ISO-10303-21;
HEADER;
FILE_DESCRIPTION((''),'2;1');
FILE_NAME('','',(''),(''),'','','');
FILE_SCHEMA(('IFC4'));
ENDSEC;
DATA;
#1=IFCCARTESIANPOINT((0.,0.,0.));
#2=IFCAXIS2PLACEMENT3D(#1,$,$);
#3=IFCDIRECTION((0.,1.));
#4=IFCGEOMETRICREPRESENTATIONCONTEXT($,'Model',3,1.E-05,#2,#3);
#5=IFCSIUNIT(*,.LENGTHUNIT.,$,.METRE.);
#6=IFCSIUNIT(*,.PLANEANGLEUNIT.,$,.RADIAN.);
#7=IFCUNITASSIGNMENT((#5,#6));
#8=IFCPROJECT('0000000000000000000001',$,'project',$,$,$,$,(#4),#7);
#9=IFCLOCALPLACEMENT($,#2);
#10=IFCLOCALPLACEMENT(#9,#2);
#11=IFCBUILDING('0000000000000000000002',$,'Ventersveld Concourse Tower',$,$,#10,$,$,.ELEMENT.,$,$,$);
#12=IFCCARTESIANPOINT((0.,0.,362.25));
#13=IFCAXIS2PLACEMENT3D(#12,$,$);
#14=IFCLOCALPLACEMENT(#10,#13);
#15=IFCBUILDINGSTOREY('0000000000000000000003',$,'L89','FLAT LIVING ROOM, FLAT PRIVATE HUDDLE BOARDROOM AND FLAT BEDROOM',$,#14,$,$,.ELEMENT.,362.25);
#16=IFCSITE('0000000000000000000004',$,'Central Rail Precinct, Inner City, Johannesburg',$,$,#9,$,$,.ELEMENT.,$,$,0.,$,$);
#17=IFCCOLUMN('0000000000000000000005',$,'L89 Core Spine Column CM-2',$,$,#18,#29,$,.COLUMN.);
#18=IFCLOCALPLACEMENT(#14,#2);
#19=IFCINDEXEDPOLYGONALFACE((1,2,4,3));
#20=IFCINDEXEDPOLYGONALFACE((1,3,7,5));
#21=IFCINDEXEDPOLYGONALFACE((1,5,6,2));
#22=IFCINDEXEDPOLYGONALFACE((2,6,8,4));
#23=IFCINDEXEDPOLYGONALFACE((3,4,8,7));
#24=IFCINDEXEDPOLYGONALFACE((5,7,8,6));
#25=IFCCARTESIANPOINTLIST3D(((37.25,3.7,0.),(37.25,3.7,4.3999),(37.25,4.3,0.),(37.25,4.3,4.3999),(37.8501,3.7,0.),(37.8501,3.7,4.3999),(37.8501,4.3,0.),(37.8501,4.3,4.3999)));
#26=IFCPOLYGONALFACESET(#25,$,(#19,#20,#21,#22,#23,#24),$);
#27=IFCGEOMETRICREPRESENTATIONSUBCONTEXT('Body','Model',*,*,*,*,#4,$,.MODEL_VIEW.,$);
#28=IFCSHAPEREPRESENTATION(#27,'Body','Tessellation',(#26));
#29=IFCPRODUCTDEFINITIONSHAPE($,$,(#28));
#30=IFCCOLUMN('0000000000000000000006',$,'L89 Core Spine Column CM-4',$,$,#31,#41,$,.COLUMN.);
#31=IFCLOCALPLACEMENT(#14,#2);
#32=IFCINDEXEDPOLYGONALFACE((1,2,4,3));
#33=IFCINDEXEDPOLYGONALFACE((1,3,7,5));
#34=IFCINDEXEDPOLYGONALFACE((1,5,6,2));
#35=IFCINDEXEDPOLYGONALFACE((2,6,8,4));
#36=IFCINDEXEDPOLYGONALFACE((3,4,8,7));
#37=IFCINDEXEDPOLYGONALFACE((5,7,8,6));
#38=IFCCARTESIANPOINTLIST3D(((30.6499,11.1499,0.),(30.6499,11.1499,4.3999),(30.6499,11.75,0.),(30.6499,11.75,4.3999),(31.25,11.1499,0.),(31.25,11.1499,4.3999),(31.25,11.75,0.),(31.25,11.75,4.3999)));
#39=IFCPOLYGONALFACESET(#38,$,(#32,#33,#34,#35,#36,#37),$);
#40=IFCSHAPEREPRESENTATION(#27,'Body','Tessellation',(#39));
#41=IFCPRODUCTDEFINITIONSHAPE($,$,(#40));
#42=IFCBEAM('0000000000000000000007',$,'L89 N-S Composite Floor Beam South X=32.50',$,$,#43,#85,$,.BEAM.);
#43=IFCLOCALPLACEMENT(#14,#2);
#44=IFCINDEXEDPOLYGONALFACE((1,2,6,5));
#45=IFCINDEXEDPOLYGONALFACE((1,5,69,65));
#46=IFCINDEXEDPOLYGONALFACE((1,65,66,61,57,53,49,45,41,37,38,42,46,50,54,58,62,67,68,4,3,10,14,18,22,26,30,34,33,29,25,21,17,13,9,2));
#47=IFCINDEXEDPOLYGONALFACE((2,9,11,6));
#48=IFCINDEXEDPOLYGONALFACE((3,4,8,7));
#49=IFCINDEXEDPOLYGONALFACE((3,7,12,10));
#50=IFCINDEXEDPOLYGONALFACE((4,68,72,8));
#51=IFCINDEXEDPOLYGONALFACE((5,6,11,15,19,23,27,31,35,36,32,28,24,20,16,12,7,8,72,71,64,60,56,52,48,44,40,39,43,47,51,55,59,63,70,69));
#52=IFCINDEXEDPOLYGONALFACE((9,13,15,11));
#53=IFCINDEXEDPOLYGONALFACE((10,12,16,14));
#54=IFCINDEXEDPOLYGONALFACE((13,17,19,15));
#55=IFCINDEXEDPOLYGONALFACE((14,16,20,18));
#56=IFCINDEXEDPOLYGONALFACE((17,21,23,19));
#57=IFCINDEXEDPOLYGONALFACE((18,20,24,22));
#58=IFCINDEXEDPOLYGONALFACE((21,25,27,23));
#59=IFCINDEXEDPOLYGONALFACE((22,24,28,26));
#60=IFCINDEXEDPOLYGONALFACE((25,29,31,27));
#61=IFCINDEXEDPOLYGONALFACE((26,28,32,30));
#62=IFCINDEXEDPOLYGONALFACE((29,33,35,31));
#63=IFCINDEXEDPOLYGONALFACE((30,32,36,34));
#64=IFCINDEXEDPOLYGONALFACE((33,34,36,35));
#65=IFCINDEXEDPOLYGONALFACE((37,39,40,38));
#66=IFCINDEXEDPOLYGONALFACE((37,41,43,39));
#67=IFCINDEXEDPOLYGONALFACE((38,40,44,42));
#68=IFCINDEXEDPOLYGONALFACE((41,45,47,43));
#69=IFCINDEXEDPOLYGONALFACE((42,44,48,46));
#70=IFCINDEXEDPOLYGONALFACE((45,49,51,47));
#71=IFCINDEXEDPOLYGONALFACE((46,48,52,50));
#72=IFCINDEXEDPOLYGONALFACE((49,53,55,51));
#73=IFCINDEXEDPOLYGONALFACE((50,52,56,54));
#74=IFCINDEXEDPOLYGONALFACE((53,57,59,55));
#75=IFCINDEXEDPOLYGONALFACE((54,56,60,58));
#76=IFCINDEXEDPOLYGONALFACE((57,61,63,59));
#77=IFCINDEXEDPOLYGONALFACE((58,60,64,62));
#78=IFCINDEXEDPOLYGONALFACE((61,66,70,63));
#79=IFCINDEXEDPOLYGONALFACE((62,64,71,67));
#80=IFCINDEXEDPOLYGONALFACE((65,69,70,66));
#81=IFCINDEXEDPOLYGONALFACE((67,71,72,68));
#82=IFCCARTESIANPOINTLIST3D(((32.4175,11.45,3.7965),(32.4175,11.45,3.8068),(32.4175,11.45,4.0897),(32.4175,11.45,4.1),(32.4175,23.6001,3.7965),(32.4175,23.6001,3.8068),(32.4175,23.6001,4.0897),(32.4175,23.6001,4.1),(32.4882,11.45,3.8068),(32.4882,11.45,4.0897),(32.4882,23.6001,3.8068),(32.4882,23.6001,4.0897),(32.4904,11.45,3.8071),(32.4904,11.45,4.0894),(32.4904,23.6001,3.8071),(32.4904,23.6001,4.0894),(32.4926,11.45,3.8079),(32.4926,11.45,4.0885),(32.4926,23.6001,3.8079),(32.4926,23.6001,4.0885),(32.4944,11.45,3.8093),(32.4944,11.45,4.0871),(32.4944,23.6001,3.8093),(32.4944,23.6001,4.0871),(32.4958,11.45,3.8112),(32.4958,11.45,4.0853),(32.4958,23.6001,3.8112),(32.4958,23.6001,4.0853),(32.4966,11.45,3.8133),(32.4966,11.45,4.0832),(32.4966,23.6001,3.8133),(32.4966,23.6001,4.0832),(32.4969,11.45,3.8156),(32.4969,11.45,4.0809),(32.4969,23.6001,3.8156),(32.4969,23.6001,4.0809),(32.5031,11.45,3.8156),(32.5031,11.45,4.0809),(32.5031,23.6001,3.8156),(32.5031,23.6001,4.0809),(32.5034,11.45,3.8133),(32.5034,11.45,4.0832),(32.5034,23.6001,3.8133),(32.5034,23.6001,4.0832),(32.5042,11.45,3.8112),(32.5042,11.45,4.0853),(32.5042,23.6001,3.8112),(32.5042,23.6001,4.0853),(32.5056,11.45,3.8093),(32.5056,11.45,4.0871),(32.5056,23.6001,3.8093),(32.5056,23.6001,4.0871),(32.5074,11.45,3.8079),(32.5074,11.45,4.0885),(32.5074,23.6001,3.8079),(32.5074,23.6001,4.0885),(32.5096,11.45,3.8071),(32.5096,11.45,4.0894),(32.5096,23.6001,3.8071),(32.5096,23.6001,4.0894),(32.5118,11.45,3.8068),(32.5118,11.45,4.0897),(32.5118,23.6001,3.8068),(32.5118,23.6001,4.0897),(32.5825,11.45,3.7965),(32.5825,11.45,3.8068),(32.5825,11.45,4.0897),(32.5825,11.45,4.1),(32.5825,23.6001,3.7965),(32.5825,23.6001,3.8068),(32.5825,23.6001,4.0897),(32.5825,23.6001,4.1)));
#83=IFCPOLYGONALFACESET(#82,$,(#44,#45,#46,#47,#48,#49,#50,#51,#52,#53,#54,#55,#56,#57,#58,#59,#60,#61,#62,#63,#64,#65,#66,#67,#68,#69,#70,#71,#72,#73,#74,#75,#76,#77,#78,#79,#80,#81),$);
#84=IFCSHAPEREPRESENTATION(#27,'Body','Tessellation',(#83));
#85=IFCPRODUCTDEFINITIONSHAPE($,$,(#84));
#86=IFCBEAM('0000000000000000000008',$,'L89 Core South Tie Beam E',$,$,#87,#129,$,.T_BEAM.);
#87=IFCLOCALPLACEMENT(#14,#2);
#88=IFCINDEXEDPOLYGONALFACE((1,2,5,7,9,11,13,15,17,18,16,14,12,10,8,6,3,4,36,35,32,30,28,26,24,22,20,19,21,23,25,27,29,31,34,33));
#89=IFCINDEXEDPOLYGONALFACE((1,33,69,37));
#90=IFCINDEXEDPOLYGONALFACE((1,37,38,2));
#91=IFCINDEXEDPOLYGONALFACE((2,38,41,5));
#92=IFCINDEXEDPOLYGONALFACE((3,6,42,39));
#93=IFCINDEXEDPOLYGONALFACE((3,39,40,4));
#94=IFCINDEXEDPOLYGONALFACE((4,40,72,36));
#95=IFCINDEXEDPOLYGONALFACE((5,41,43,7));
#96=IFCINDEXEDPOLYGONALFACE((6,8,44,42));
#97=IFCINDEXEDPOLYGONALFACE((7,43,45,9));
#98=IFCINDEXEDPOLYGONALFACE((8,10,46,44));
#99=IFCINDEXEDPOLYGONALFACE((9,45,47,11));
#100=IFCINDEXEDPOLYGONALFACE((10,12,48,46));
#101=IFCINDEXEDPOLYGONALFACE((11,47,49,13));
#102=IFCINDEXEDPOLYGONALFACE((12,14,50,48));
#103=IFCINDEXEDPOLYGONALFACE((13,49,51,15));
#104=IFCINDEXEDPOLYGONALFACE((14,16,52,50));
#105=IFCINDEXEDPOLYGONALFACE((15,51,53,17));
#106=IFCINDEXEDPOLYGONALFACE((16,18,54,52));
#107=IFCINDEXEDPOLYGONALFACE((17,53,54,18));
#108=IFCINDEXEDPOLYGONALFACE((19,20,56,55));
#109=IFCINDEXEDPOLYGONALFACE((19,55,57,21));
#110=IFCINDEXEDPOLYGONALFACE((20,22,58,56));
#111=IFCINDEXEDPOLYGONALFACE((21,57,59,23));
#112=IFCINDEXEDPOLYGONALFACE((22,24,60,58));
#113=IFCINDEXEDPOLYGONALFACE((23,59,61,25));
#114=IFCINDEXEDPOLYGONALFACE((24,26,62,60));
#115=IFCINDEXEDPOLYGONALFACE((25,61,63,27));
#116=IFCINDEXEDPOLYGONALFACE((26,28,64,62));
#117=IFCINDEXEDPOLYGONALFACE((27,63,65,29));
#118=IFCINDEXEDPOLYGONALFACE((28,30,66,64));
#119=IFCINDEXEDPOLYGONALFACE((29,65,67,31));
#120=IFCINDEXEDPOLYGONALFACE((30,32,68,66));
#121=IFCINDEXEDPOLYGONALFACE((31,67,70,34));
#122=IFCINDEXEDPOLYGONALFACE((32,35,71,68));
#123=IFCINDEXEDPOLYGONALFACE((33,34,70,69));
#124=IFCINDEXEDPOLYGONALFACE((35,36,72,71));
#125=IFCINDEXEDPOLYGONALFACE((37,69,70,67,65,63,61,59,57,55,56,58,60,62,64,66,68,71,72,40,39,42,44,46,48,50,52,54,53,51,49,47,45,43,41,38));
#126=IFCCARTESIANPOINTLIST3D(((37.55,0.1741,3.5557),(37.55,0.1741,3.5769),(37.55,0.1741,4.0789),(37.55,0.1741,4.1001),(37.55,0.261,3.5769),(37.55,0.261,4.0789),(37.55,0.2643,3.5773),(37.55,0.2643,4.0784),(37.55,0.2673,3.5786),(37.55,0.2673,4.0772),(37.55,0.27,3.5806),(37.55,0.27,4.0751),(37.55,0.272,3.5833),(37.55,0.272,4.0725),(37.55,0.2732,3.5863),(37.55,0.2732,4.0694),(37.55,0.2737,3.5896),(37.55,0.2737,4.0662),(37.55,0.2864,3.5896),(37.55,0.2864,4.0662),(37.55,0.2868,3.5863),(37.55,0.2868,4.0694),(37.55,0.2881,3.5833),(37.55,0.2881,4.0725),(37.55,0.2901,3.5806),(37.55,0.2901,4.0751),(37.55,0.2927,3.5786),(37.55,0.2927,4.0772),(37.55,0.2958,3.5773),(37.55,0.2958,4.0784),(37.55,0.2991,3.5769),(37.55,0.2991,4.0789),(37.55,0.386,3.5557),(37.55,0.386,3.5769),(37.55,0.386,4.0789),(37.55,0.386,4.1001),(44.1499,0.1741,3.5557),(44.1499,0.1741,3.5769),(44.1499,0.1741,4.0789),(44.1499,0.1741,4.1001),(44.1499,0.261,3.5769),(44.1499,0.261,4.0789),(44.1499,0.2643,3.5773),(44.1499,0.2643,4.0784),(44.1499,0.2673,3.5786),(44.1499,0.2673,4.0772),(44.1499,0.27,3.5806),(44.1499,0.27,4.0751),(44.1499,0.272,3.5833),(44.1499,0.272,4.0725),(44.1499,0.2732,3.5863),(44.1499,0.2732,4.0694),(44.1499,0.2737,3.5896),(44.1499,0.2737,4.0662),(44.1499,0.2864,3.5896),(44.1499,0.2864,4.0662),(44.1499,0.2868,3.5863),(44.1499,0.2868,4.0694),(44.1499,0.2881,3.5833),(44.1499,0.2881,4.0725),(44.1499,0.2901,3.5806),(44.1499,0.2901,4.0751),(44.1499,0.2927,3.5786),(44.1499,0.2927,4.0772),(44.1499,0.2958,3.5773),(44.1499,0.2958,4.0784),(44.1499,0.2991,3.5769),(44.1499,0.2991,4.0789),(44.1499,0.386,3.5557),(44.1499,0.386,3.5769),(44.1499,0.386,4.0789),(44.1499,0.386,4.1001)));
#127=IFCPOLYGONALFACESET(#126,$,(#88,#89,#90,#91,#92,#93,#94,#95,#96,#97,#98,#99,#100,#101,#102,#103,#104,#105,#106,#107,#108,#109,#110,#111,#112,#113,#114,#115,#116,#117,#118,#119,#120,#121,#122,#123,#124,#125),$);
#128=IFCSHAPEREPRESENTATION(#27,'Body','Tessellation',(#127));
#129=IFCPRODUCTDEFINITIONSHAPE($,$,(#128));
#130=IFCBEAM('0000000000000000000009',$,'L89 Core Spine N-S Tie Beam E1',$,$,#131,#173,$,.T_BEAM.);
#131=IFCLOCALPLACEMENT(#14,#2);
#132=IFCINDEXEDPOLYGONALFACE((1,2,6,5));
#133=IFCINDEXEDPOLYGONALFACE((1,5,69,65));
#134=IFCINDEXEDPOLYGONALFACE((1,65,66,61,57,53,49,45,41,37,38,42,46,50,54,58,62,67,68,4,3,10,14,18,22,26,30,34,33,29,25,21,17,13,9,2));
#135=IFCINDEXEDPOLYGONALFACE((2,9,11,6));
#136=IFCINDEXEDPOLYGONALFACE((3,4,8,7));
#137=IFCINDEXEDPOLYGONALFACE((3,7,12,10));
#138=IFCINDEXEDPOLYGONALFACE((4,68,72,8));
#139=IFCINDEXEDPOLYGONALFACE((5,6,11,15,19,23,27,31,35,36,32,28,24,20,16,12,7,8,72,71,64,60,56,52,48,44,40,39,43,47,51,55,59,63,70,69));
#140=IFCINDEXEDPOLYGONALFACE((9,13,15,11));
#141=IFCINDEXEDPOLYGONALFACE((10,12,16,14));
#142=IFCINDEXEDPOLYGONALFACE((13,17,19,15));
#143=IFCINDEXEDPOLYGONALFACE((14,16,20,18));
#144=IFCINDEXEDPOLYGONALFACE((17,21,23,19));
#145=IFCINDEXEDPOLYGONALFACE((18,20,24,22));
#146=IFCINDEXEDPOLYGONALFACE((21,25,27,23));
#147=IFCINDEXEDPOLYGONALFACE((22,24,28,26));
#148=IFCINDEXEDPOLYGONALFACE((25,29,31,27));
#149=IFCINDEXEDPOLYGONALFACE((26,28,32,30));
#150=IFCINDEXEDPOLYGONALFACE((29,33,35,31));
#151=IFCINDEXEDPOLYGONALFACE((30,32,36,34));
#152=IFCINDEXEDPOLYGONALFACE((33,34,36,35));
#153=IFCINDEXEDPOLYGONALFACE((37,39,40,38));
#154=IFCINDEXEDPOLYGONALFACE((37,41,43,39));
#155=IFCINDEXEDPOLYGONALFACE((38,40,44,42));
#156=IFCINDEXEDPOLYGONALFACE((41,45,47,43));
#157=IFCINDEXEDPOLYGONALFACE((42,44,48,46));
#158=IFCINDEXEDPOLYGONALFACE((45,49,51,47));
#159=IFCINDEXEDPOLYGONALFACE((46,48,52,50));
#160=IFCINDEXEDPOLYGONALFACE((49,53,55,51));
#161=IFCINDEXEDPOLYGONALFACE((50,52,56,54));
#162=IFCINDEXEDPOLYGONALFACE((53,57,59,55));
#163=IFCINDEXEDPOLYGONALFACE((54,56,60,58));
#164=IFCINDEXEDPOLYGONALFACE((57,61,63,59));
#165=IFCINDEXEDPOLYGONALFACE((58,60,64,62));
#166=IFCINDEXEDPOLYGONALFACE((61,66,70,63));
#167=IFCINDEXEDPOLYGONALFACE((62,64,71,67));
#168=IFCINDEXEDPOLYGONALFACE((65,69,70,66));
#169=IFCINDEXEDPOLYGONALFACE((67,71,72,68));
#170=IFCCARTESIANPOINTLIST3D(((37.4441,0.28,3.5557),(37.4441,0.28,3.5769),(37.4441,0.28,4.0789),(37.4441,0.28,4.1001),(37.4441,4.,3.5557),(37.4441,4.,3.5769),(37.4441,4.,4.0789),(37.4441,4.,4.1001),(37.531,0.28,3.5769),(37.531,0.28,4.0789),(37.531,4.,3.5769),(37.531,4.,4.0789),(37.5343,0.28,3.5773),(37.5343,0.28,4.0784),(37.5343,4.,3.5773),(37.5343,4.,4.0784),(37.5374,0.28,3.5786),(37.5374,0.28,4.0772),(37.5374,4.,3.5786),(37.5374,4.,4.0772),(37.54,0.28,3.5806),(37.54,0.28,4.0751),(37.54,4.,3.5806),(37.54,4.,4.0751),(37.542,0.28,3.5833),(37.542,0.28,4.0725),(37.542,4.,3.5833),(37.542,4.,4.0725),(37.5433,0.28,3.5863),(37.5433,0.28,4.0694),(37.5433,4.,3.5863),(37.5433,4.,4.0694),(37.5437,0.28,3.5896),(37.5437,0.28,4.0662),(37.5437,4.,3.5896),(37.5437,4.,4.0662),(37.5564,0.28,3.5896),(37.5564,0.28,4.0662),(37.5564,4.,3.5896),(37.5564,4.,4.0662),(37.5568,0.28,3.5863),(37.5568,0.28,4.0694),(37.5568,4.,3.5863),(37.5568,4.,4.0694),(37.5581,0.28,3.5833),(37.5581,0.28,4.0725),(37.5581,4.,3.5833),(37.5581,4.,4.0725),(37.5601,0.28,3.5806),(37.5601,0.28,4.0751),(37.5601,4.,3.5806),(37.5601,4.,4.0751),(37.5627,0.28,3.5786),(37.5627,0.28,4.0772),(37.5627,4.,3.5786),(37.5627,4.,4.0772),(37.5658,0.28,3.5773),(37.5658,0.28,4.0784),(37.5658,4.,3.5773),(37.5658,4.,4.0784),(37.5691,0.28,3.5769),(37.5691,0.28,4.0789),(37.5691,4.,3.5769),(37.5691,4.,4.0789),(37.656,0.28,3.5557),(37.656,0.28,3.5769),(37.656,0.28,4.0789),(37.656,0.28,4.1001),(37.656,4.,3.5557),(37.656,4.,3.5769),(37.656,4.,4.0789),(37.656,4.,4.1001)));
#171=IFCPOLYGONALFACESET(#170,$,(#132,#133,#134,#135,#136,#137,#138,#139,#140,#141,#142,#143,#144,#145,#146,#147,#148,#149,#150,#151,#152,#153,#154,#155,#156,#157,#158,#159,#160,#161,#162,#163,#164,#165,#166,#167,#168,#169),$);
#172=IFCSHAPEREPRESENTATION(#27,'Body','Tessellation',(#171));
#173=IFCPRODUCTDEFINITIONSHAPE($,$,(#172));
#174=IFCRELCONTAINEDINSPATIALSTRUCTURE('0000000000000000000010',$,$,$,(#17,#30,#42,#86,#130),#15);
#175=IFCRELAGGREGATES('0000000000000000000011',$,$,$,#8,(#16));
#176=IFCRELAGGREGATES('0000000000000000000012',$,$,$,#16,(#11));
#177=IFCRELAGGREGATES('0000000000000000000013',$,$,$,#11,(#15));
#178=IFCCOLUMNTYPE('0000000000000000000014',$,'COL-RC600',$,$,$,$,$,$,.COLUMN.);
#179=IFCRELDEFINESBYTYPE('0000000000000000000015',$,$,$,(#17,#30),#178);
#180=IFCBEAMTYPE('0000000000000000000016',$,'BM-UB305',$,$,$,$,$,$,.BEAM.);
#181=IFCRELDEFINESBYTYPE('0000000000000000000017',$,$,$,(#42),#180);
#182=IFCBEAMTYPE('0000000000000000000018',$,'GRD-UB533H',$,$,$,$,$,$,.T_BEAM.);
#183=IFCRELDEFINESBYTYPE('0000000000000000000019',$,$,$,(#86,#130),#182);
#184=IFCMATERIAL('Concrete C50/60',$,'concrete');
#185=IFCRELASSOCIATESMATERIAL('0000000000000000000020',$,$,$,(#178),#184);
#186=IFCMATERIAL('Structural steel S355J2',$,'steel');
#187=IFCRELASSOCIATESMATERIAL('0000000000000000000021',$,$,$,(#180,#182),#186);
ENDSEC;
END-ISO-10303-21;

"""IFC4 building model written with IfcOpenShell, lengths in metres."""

from ifc_helpers import new_model, si_unit, direction, frame, origin, origin_2d, place, context, subcontext, project, spatial, rectangle, i_section, extrude, material, material_profile, profile_set, type_object, element, save


model = new_model("IFC4")

# Units and contexts
model_context = context("Model", 3, precision=1e-05, world=origin(), true_north=direction((0.0, 1.0)))
body_context = subcontext(model_context, "Body", "Model", "MODEL_VIEW")
ifc_project = project(units=[si_unit("LENGTHUNIT", "METRE"), si_unit("PLANEANGLEUNIT", "RADIAN")], contexts=[model_context])

# Site, building, storey
site_placement = place(None, origin())
site = spatial("IfcSite", under=ifc_project, at=site_placement, Name="Central Rail Precinct, Inner City, Johannesburg", CompositionType="ELEMENT", RefElevation=0.0)
building_placement = place(site_placement, origin())
building = spatial("IfcBuilding", under=site, at=building_placement, Name="Ventersveld Concourse Tower", CompositionType="ELEMENT")
storey_placement = place(building_placement, frame((0.0, 0.0, 362.25)))
storey = spatial("IfcBuildingStorey", under=building, at=storey_placement, Name="L89", Description="FLAT LIVING ROOM, FLAT PRIVATE HUDDLE BOARDROOM AND FLAT BEDROOM", CompositionType="ELEMENT", Elevation=362.25)

# Columns
ifc_material_1 = material(Name="Concrete C50/60", Category="concrete")
ifc_material_profile_1 = material_profile(ifc_material_1, rectangle(XDim=0.6001, YDim=0.6001, at=origin_2d()), Name="RC 600x600")
ifc_profile_set_1 = profile_set([ifc_material_profile_1], Name="Concrete C50/60")
column_type = type_object("IfcColumnType", Name="COL-RC600", PredefinedType="COLUMN", material=ifc_profile_set_1)
for number, where, z_axis, x_axis, name in (
    (1, (37.55, 4.0, 0.0), (0.0, 0.0, 1.0), (1.0, 0.0, 0.0), "L89 Core Spine Column CM-2"),
    (2, (30.95, 11.45, 0.0), (0.0, 0.0, 1.0), (1.0, 0.0, 0.0), "L89 Core Spine Column CM-4"),
):
    element("IfcColumn", number, at=place(storey_placement, frame(where, z_axis=z_axis, x_axis=x_axis)), inside=storey, type_object=column_type, Name=name, PredefinedType="COLUMN", context=body_context, shape_type="SweptSolid", body=[
        extrude(rectangle(XDim=0.6001, YDim=0.6001, at=origin_2d()), origin(), (0.0, 0.0, 1.0), 4.3999),
    ])

# Beams
ifc_material_2 = material(Name="Structural steel S355J2", Category="steel")
ifc_material_profile_2 = material_profile(ifc_material_2, i_section(OverallWidth=0.165, OverallDepth=0.3035, WebThickness=0.0061, FlangeThickness=0.0103, FilletRadius=0.0088, at=origin_2d()), Name="UB 305x165x40")
ifc_profile_set_2 = profile_set([ifc_material_profile_2], Name="Structural steel S355J2")
beam_type_1 = type_object("IfcBeamType", Name="BM-UB305", PredefinedType="BEAM", material=ifc_profile_set_2)
beam_1_placement = place(storey_placement, frame((32.5, 11.45, 3.9482), z_axis=(0.0, 1.0, 0.0), x_axis=(-1.0, 0.0, 0.0)))
element("IfcBeam", 3, at=beam_1_placement, inside=storey, type_object=beam_type_1, Name="L89 N-S Composite Floor Beam South X=32.50", PredefinedType="BEAM", context=body_context, shape_type="SweptSolid", body=[
    extrude(i_section(OverallWidth=0.165, OverallDepth=0.3035, WebThickness=0.0061, FlangeThickness=0.0103, FilletRadius=0.0088, at=origin_2d()), origin(), (0.0, 0.0, 1.0), 12.1501),
])
ifc_material_profile_3 = material_profile(ifc_material_2, i_section(OverallWidth=0.2119, OverallDepth=0.5444, WebThickness=0.0127, FlangeThickness=0.0212, FilletRadius=0.0127, at=origin_2d()), Name="UB 533x210x122")
ifc_profile_set_3 = profile_set([ifc_material_profile_3], Name="Structural steel S355J2")
beam_type_2 = type_object("IfcBeamType", Name="GRD-UB533H", PredefinedType="T_BEAM", material=ifc_profile_set_3)
beam_2_placement = place(storey_placement, frame((37.55, 0.28, 3.8279), z_axis=(1.0, 0.0, 0.0), x_axis=(0.0, 1.0, 0.0)))
element("IfcBeam", 4, at=beam_2_placement, inside=storey, type_object=beam_type_2, Name="L89 Core South Tie Beam E", PredefinedType="T_BEAM", context=body_context, shape_type="SweptSolid", body=[
    extrude(i_section(OverallWidth=0.2119, OverallDepth=0.5444, WebThickness=0.0127, FlangeThickness=0.0212, FilletRadius=0.0127, at=origin_2d()), origin(), (0.0, 0.0, 1.0), 6.5999),
])
beam_3_placement = place(storey_placement, frame((37.55, 0.28, 3.8279), z_axis=(0.0, 1.0, 0.0), x_axis=(-1.0, 0.0, 0.0)))
element("IfcBeam", 5, at=beam_3_placement, inside=storey, type_object=beam_type_2, Name="L89 Core Spine N-S Tie Beam E1", PredefinedType="T_BEAM", context=body_context, shape_type="SweptSolid", body=[
    extrude(i_section(OverallWidth=0.2119, OverallDepth=0.5444, WebThickness=0.0127, FlangeThickness=0.0212, FilletRadius=0.0127, at=origin_2d()), origin(), (0.0, 0.0, 1.0), 3.72),
])

save(model, "model.ifc")
